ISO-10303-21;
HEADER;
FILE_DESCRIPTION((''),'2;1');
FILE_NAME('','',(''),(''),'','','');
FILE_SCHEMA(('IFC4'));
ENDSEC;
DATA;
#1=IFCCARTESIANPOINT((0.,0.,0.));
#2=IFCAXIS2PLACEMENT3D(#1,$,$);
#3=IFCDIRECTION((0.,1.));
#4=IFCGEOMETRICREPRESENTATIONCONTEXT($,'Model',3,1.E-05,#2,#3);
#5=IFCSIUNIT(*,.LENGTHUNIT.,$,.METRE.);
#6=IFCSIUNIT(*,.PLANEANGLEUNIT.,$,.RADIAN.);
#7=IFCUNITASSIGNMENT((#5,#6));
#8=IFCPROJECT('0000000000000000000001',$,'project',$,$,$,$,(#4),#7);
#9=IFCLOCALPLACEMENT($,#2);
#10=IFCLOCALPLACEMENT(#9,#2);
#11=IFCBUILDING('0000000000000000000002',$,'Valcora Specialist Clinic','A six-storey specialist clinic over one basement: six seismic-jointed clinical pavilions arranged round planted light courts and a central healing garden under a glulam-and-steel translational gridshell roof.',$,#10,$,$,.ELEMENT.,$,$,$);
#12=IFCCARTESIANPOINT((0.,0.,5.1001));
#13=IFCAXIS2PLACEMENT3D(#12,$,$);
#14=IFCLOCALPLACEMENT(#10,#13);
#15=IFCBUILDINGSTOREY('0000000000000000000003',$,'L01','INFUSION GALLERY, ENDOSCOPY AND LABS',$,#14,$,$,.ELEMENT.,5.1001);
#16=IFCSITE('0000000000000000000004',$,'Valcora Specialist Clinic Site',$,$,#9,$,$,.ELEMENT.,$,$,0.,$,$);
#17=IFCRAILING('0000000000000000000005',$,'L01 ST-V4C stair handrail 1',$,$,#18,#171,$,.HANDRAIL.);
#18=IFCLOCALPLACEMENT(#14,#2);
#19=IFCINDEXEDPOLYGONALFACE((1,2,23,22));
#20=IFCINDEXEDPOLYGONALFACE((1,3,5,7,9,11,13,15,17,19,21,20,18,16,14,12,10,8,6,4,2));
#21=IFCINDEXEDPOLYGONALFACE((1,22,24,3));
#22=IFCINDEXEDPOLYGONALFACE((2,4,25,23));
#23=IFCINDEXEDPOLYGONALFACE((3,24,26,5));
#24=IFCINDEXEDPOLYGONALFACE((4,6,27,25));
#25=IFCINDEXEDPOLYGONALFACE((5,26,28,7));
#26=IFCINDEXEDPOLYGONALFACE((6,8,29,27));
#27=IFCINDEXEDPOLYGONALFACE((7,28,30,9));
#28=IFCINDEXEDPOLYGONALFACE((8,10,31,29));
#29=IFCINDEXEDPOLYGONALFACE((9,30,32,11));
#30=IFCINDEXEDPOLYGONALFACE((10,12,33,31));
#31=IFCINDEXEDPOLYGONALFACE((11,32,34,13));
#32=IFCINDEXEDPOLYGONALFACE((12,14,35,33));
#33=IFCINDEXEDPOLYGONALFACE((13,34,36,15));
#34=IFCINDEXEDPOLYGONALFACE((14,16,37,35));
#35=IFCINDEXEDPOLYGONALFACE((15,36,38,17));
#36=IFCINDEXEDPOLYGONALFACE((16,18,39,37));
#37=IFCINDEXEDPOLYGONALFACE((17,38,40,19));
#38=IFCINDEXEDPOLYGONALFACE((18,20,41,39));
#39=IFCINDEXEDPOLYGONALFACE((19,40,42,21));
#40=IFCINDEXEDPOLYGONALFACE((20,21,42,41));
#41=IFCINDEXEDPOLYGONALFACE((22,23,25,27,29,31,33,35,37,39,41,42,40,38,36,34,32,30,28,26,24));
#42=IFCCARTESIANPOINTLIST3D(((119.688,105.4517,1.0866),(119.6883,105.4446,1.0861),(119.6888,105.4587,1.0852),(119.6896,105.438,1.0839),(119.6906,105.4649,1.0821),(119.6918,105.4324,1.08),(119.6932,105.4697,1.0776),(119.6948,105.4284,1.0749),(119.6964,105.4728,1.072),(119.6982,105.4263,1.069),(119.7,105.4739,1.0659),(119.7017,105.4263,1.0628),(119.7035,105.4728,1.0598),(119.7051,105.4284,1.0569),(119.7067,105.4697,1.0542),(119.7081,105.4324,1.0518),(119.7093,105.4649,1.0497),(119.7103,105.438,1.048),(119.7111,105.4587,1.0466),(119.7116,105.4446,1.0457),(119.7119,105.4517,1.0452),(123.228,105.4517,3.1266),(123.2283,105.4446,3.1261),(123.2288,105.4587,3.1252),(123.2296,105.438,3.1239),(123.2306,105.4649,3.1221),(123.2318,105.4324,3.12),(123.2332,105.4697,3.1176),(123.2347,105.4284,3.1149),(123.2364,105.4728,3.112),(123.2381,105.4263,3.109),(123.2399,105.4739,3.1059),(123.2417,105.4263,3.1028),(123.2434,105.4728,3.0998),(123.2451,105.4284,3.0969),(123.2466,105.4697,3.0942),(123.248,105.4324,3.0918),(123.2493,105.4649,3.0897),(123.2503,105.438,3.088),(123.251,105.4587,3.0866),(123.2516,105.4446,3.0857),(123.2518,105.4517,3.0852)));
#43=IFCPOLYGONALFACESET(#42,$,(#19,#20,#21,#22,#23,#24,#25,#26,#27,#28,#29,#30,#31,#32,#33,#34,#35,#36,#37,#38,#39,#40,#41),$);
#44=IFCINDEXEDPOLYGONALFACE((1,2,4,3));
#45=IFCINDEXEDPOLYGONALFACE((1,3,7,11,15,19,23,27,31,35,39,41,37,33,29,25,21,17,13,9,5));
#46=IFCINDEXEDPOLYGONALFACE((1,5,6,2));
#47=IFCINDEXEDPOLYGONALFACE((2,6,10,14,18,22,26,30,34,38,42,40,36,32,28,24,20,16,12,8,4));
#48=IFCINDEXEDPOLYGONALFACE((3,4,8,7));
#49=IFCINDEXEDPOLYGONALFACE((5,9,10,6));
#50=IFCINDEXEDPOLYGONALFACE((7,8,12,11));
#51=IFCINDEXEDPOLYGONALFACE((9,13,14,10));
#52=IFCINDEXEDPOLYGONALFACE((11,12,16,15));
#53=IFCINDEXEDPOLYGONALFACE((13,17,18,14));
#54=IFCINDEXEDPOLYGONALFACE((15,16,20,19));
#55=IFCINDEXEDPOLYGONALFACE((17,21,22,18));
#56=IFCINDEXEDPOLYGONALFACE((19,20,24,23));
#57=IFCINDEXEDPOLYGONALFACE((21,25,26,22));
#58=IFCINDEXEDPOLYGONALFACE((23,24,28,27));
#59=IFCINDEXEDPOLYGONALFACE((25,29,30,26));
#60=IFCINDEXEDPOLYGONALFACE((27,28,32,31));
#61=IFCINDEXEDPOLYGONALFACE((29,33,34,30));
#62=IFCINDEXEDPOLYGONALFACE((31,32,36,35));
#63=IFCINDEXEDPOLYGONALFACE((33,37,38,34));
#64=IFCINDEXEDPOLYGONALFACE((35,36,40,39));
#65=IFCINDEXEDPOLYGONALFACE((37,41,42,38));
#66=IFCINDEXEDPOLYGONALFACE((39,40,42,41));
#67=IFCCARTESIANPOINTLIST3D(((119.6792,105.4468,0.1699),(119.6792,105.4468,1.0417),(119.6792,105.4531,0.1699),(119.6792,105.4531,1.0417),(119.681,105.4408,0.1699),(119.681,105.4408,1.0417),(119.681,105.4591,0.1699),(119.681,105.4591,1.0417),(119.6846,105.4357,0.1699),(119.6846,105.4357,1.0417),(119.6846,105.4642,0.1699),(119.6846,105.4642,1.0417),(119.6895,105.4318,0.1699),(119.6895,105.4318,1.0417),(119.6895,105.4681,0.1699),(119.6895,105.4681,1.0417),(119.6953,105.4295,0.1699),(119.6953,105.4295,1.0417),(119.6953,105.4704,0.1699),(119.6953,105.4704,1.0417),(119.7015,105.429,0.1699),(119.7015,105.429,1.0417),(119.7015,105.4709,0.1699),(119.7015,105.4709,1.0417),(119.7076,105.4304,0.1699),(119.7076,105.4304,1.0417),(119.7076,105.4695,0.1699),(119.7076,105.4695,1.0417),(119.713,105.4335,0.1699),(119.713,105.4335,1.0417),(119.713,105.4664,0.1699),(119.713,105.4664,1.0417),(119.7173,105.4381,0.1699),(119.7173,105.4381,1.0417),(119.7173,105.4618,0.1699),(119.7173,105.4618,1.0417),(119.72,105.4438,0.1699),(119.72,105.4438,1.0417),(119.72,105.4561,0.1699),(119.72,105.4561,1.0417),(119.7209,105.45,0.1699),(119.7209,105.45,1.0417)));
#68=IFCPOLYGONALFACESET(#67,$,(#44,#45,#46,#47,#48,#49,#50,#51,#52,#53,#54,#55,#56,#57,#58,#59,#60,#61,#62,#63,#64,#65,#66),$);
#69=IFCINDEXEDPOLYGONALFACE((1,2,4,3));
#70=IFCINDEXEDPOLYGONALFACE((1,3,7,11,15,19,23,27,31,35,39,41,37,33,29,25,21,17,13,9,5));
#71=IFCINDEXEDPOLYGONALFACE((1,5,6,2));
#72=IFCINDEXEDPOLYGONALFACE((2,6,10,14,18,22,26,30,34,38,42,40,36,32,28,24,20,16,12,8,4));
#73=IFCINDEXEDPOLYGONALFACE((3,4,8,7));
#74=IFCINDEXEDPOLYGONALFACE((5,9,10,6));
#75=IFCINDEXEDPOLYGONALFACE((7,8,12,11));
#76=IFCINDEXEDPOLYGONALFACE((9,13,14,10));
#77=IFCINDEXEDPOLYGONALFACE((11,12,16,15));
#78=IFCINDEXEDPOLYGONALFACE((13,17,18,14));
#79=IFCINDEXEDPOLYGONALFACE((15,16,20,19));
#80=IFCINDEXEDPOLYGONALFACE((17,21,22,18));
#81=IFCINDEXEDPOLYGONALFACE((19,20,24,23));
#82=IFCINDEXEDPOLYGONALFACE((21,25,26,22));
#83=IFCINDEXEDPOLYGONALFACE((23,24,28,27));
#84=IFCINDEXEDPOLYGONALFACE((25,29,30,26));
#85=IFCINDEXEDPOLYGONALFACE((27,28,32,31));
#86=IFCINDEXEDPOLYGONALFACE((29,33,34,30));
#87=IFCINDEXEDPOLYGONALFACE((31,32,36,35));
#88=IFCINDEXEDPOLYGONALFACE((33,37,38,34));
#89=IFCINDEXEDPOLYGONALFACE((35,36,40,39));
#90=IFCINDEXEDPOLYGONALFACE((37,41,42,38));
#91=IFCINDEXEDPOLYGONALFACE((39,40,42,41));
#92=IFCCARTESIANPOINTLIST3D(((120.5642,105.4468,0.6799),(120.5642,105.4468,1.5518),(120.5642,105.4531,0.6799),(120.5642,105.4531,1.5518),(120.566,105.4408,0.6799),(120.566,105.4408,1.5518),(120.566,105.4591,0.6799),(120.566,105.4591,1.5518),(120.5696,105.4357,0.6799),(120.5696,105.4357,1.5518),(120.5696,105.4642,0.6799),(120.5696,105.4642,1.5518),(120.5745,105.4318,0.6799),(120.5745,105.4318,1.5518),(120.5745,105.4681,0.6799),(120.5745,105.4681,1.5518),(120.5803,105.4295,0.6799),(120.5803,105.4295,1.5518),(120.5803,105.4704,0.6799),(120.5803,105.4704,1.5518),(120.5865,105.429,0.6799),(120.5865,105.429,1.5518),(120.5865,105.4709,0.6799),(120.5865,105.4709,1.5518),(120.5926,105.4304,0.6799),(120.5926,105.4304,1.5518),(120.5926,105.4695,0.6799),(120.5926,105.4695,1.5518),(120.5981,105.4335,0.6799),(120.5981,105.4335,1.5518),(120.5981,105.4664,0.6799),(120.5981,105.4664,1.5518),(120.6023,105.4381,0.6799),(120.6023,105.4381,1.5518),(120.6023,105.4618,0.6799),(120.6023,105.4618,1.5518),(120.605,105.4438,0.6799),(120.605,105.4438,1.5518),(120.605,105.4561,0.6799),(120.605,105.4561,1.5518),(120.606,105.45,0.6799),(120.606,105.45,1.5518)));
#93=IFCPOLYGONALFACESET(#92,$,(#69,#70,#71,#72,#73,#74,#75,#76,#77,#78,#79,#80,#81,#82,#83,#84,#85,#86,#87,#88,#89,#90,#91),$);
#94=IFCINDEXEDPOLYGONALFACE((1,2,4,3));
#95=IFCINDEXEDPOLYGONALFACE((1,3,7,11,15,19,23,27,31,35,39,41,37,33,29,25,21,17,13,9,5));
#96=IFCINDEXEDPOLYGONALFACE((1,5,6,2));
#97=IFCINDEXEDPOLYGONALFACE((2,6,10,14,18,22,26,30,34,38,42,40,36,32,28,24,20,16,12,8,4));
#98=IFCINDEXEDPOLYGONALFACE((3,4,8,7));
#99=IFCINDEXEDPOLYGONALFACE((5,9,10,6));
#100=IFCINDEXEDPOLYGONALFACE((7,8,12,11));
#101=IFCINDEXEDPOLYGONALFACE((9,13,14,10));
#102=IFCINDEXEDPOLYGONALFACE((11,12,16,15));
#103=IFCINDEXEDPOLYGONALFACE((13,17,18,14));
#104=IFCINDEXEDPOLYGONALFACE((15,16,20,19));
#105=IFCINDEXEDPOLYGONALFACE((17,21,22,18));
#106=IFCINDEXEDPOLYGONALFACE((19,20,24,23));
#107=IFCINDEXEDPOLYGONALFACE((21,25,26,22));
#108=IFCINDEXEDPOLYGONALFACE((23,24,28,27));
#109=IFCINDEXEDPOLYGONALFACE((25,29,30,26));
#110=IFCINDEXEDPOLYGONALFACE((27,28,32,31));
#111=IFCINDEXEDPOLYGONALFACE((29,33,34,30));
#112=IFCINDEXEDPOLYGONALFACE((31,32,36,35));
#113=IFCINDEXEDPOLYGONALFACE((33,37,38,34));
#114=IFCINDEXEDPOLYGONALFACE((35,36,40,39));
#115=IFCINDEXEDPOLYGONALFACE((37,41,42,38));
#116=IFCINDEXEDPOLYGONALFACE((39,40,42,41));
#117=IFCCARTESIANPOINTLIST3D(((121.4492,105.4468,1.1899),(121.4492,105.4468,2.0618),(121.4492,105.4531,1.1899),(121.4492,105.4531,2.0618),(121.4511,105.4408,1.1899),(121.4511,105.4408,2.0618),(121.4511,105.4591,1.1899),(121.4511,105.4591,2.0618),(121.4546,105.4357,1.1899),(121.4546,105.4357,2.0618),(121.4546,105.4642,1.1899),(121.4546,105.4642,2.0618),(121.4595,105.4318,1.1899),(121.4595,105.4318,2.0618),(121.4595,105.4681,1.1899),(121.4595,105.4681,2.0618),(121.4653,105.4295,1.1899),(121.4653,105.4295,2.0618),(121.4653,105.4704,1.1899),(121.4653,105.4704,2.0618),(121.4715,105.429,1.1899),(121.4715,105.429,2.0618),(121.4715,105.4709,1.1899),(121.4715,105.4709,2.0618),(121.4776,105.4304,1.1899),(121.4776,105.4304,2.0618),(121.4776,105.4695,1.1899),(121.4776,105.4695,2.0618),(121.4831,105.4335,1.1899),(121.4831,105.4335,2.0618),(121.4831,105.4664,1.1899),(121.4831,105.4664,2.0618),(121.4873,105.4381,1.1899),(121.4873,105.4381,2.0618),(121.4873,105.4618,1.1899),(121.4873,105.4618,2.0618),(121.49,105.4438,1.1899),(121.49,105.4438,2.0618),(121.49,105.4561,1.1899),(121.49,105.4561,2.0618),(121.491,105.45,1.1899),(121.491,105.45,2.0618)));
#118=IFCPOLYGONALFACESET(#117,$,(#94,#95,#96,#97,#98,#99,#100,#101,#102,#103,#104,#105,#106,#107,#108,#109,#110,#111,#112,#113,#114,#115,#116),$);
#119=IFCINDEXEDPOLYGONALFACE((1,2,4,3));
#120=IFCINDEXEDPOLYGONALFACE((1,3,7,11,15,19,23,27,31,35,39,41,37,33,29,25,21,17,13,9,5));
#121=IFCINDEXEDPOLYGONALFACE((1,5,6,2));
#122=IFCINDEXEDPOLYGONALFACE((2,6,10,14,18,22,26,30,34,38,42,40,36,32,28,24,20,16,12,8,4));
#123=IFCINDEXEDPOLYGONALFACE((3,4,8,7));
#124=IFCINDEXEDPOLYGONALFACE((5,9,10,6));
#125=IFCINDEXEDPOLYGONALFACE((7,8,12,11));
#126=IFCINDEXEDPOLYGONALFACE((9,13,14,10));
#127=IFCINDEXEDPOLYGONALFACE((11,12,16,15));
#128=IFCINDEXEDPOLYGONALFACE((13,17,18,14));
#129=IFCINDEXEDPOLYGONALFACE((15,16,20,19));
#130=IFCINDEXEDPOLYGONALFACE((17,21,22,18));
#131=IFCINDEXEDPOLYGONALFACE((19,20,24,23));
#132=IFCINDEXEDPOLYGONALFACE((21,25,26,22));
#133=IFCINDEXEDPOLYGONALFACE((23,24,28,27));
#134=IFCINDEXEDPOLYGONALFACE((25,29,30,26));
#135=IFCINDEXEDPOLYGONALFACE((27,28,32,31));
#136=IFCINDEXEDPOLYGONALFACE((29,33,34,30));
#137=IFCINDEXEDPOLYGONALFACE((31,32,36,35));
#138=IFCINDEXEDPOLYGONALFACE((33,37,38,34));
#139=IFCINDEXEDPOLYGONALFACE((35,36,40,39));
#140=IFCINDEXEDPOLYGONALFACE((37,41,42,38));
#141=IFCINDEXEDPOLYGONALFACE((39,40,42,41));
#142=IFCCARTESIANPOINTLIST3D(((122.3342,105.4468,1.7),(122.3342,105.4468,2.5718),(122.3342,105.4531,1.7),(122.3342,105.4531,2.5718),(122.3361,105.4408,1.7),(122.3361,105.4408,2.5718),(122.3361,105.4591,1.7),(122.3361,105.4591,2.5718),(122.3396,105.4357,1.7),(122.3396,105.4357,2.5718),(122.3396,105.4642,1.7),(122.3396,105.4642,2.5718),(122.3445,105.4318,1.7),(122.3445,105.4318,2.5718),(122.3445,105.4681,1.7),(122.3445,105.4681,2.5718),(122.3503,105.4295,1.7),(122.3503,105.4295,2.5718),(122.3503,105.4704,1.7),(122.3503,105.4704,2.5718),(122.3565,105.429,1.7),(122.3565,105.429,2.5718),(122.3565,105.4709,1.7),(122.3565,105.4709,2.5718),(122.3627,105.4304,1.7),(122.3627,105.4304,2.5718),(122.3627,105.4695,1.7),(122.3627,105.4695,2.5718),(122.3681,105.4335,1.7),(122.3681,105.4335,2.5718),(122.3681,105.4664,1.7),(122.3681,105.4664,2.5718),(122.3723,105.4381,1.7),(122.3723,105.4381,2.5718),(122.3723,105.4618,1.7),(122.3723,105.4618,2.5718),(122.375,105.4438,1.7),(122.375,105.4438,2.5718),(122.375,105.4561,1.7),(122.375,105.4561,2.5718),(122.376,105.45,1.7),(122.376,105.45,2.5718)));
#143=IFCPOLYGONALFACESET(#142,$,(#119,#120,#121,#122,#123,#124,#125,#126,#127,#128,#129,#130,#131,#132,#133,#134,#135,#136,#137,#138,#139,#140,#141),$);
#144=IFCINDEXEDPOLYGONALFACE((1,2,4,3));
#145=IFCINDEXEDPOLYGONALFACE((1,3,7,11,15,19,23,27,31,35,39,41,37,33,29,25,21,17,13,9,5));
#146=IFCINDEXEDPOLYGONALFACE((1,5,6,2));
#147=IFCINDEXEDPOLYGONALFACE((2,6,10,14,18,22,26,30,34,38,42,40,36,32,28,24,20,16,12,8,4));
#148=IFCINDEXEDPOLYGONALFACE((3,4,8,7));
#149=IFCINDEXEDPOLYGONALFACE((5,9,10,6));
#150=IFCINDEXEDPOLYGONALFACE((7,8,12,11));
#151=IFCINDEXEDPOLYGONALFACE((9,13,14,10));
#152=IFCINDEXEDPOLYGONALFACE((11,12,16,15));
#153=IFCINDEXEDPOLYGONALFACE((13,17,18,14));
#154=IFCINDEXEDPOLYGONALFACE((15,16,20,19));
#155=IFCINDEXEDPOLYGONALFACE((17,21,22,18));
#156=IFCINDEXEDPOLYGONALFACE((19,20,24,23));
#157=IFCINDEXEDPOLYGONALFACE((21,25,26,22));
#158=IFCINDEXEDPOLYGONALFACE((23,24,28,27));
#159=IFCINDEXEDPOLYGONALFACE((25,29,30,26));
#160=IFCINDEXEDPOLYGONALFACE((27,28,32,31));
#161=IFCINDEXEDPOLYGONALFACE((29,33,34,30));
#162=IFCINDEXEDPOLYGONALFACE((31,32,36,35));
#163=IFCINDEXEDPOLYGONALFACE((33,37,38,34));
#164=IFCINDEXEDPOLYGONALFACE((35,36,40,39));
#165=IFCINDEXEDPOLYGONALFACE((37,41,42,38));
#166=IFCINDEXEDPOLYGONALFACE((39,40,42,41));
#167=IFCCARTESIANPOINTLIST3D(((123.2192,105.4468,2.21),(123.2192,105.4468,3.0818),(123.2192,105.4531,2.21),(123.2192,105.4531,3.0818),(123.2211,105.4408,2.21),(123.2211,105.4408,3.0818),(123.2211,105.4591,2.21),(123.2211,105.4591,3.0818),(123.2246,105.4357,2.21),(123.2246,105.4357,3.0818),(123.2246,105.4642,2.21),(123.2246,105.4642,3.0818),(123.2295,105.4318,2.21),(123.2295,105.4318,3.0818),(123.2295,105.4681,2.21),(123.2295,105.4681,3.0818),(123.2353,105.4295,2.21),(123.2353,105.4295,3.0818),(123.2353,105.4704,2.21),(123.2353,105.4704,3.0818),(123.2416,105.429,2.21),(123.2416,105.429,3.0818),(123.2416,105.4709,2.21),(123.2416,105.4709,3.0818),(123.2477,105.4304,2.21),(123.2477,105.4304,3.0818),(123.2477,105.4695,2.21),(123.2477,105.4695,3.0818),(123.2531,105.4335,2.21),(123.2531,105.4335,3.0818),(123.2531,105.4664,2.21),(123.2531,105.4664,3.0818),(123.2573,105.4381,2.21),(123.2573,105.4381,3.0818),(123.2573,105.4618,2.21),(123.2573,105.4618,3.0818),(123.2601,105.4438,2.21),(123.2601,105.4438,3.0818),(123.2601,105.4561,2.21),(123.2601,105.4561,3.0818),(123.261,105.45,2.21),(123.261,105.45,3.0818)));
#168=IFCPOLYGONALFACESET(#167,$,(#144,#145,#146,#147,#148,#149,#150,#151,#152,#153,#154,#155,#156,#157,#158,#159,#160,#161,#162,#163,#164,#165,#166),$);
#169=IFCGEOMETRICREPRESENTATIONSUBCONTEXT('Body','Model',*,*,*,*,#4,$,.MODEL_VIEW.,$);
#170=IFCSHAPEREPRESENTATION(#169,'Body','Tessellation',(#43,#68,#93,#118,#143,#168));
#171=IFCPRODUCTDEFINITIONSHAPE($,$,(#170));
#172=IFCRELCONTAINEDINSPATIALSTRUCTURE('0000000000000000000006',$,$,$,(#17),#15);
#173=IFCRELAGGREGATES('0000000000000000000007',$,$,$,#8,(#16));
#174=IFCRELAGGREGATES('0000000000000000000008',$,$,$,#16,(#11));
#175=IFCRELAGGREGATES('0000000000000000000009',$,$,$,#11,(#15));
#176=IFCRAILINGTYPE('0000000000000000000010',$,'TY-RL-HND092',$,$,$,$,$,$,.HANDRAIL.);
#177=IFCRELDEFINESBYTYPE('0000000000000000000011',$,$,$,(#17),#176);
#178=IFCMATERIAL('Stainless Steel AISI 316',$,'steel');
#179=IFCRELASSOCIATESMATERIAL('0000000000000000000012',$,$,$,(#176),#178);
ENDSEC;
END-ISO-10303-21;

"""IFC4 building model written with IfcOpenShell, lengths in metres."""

from ifc_helpers import new_model, si_unit, direction, frame, origin, origin_2d, place, context, subcontext, project, spatial, circle, extrude, material, type_object, element, save


model = new_model("IFC4")

# Units and contexts
model_context = context("Model", 3, precision=1e-05, world=origin(), true_north=direction((0.0, 1.0)))
body_context = subcontext(model_context, "Body", "Model", "MODEL_VIEW")
ifc_project = project(units=[si_unit("LENGTHUNIT", "METRE"), si_unit("PLANEANGLEUNIT", "RADIAN")], contexts=[model_context])

# Site, building, storey
site_placement = place(None, origin())
site = spatial("IfcSite", under=ifc_project, at=site_placement, Name="Valcora Specialist Clinic Site", CompositionType="ELEMENT", RefElevation=0.0)
building_placement = place(site_placement, origin())
building = spatial("IfcBuilding", under=site, at=building_placement, Name="Valcora Specialist Clinic", Description="A six-storey specialist clinic over one basement: six seismic-jointed clinical pavilions arranged round planted light courts and a central healing garden under a glulam-and-steel translational gridshell roof.", CompositionType="ELEMENT")
storey_placement = place(building_placement, frame((0.0, 0.0, 5.1001)))
storey = spatial("IfcBuildingStorey", under=building, at=storey_placement, Name="L01", Description="INFUSION GALLERY, ENDOSCOPY AND LABS", CompositionType="ELEMENT", Elevation=5.1001)

# Railing
ifc_material_1 = material(Name="Stainless Steel AISI 316", Category="steel")
railing_type_1 = type_object("IfcRailingType", Name="TY-RL-HND092", PredefinedType="HANDRAIL", material=ifc_material_1)
railing_1_placement = place(storey_placement, frame((119.7, 105.45, 0.1699)))
element("IfcRailing", 1, at=railing_1_placement, inside=storey, type_object=railing_type_1, Name="L01 ST-V4C stair handrail 1", PredefinedType="HANDRAIL", context=body_context, shape_type="SweptSolid", body=[
    extrude(circle(Radius=0.0239, at=origin_2d()), frame((0.0, 0.0, 0.896), z_axis=(0.866428, 0.0, 0.499302), x_axis=(0.0, 1.0, 0.0)), (0.0, 0.0, 1.0), 4.0857),
    extrude(circle(Radius=0.021, at=origin_2d()), origin(), (0.0, 0.0, 1.0), 0.8718),
    extrude(circle(Radius=0.021, at=origin_2d()), frame((0.885, 0.0, 0.51)), (0.0, 0.0, 1.0), 0.8718),
    extrude(circle(Radius=0.021, at=origin_2d()), frame((1.77, 0.0, 1.02)), (0.0, 0.0, 1.0), 0.8718),
    extrude(circle(Radius=0.021, at=origin_2d()), frame((2.655, 0.0, 1.53)), (0.0, 0.0, 1.0), 0.8718),
    extrude(circle(Radius=0.021, at=origin_2d()), frame((3.54, 0.0, 2.04)), (0.0, 0.0, 1.0), 0.8718),
])

save(model, "model.ifc")
